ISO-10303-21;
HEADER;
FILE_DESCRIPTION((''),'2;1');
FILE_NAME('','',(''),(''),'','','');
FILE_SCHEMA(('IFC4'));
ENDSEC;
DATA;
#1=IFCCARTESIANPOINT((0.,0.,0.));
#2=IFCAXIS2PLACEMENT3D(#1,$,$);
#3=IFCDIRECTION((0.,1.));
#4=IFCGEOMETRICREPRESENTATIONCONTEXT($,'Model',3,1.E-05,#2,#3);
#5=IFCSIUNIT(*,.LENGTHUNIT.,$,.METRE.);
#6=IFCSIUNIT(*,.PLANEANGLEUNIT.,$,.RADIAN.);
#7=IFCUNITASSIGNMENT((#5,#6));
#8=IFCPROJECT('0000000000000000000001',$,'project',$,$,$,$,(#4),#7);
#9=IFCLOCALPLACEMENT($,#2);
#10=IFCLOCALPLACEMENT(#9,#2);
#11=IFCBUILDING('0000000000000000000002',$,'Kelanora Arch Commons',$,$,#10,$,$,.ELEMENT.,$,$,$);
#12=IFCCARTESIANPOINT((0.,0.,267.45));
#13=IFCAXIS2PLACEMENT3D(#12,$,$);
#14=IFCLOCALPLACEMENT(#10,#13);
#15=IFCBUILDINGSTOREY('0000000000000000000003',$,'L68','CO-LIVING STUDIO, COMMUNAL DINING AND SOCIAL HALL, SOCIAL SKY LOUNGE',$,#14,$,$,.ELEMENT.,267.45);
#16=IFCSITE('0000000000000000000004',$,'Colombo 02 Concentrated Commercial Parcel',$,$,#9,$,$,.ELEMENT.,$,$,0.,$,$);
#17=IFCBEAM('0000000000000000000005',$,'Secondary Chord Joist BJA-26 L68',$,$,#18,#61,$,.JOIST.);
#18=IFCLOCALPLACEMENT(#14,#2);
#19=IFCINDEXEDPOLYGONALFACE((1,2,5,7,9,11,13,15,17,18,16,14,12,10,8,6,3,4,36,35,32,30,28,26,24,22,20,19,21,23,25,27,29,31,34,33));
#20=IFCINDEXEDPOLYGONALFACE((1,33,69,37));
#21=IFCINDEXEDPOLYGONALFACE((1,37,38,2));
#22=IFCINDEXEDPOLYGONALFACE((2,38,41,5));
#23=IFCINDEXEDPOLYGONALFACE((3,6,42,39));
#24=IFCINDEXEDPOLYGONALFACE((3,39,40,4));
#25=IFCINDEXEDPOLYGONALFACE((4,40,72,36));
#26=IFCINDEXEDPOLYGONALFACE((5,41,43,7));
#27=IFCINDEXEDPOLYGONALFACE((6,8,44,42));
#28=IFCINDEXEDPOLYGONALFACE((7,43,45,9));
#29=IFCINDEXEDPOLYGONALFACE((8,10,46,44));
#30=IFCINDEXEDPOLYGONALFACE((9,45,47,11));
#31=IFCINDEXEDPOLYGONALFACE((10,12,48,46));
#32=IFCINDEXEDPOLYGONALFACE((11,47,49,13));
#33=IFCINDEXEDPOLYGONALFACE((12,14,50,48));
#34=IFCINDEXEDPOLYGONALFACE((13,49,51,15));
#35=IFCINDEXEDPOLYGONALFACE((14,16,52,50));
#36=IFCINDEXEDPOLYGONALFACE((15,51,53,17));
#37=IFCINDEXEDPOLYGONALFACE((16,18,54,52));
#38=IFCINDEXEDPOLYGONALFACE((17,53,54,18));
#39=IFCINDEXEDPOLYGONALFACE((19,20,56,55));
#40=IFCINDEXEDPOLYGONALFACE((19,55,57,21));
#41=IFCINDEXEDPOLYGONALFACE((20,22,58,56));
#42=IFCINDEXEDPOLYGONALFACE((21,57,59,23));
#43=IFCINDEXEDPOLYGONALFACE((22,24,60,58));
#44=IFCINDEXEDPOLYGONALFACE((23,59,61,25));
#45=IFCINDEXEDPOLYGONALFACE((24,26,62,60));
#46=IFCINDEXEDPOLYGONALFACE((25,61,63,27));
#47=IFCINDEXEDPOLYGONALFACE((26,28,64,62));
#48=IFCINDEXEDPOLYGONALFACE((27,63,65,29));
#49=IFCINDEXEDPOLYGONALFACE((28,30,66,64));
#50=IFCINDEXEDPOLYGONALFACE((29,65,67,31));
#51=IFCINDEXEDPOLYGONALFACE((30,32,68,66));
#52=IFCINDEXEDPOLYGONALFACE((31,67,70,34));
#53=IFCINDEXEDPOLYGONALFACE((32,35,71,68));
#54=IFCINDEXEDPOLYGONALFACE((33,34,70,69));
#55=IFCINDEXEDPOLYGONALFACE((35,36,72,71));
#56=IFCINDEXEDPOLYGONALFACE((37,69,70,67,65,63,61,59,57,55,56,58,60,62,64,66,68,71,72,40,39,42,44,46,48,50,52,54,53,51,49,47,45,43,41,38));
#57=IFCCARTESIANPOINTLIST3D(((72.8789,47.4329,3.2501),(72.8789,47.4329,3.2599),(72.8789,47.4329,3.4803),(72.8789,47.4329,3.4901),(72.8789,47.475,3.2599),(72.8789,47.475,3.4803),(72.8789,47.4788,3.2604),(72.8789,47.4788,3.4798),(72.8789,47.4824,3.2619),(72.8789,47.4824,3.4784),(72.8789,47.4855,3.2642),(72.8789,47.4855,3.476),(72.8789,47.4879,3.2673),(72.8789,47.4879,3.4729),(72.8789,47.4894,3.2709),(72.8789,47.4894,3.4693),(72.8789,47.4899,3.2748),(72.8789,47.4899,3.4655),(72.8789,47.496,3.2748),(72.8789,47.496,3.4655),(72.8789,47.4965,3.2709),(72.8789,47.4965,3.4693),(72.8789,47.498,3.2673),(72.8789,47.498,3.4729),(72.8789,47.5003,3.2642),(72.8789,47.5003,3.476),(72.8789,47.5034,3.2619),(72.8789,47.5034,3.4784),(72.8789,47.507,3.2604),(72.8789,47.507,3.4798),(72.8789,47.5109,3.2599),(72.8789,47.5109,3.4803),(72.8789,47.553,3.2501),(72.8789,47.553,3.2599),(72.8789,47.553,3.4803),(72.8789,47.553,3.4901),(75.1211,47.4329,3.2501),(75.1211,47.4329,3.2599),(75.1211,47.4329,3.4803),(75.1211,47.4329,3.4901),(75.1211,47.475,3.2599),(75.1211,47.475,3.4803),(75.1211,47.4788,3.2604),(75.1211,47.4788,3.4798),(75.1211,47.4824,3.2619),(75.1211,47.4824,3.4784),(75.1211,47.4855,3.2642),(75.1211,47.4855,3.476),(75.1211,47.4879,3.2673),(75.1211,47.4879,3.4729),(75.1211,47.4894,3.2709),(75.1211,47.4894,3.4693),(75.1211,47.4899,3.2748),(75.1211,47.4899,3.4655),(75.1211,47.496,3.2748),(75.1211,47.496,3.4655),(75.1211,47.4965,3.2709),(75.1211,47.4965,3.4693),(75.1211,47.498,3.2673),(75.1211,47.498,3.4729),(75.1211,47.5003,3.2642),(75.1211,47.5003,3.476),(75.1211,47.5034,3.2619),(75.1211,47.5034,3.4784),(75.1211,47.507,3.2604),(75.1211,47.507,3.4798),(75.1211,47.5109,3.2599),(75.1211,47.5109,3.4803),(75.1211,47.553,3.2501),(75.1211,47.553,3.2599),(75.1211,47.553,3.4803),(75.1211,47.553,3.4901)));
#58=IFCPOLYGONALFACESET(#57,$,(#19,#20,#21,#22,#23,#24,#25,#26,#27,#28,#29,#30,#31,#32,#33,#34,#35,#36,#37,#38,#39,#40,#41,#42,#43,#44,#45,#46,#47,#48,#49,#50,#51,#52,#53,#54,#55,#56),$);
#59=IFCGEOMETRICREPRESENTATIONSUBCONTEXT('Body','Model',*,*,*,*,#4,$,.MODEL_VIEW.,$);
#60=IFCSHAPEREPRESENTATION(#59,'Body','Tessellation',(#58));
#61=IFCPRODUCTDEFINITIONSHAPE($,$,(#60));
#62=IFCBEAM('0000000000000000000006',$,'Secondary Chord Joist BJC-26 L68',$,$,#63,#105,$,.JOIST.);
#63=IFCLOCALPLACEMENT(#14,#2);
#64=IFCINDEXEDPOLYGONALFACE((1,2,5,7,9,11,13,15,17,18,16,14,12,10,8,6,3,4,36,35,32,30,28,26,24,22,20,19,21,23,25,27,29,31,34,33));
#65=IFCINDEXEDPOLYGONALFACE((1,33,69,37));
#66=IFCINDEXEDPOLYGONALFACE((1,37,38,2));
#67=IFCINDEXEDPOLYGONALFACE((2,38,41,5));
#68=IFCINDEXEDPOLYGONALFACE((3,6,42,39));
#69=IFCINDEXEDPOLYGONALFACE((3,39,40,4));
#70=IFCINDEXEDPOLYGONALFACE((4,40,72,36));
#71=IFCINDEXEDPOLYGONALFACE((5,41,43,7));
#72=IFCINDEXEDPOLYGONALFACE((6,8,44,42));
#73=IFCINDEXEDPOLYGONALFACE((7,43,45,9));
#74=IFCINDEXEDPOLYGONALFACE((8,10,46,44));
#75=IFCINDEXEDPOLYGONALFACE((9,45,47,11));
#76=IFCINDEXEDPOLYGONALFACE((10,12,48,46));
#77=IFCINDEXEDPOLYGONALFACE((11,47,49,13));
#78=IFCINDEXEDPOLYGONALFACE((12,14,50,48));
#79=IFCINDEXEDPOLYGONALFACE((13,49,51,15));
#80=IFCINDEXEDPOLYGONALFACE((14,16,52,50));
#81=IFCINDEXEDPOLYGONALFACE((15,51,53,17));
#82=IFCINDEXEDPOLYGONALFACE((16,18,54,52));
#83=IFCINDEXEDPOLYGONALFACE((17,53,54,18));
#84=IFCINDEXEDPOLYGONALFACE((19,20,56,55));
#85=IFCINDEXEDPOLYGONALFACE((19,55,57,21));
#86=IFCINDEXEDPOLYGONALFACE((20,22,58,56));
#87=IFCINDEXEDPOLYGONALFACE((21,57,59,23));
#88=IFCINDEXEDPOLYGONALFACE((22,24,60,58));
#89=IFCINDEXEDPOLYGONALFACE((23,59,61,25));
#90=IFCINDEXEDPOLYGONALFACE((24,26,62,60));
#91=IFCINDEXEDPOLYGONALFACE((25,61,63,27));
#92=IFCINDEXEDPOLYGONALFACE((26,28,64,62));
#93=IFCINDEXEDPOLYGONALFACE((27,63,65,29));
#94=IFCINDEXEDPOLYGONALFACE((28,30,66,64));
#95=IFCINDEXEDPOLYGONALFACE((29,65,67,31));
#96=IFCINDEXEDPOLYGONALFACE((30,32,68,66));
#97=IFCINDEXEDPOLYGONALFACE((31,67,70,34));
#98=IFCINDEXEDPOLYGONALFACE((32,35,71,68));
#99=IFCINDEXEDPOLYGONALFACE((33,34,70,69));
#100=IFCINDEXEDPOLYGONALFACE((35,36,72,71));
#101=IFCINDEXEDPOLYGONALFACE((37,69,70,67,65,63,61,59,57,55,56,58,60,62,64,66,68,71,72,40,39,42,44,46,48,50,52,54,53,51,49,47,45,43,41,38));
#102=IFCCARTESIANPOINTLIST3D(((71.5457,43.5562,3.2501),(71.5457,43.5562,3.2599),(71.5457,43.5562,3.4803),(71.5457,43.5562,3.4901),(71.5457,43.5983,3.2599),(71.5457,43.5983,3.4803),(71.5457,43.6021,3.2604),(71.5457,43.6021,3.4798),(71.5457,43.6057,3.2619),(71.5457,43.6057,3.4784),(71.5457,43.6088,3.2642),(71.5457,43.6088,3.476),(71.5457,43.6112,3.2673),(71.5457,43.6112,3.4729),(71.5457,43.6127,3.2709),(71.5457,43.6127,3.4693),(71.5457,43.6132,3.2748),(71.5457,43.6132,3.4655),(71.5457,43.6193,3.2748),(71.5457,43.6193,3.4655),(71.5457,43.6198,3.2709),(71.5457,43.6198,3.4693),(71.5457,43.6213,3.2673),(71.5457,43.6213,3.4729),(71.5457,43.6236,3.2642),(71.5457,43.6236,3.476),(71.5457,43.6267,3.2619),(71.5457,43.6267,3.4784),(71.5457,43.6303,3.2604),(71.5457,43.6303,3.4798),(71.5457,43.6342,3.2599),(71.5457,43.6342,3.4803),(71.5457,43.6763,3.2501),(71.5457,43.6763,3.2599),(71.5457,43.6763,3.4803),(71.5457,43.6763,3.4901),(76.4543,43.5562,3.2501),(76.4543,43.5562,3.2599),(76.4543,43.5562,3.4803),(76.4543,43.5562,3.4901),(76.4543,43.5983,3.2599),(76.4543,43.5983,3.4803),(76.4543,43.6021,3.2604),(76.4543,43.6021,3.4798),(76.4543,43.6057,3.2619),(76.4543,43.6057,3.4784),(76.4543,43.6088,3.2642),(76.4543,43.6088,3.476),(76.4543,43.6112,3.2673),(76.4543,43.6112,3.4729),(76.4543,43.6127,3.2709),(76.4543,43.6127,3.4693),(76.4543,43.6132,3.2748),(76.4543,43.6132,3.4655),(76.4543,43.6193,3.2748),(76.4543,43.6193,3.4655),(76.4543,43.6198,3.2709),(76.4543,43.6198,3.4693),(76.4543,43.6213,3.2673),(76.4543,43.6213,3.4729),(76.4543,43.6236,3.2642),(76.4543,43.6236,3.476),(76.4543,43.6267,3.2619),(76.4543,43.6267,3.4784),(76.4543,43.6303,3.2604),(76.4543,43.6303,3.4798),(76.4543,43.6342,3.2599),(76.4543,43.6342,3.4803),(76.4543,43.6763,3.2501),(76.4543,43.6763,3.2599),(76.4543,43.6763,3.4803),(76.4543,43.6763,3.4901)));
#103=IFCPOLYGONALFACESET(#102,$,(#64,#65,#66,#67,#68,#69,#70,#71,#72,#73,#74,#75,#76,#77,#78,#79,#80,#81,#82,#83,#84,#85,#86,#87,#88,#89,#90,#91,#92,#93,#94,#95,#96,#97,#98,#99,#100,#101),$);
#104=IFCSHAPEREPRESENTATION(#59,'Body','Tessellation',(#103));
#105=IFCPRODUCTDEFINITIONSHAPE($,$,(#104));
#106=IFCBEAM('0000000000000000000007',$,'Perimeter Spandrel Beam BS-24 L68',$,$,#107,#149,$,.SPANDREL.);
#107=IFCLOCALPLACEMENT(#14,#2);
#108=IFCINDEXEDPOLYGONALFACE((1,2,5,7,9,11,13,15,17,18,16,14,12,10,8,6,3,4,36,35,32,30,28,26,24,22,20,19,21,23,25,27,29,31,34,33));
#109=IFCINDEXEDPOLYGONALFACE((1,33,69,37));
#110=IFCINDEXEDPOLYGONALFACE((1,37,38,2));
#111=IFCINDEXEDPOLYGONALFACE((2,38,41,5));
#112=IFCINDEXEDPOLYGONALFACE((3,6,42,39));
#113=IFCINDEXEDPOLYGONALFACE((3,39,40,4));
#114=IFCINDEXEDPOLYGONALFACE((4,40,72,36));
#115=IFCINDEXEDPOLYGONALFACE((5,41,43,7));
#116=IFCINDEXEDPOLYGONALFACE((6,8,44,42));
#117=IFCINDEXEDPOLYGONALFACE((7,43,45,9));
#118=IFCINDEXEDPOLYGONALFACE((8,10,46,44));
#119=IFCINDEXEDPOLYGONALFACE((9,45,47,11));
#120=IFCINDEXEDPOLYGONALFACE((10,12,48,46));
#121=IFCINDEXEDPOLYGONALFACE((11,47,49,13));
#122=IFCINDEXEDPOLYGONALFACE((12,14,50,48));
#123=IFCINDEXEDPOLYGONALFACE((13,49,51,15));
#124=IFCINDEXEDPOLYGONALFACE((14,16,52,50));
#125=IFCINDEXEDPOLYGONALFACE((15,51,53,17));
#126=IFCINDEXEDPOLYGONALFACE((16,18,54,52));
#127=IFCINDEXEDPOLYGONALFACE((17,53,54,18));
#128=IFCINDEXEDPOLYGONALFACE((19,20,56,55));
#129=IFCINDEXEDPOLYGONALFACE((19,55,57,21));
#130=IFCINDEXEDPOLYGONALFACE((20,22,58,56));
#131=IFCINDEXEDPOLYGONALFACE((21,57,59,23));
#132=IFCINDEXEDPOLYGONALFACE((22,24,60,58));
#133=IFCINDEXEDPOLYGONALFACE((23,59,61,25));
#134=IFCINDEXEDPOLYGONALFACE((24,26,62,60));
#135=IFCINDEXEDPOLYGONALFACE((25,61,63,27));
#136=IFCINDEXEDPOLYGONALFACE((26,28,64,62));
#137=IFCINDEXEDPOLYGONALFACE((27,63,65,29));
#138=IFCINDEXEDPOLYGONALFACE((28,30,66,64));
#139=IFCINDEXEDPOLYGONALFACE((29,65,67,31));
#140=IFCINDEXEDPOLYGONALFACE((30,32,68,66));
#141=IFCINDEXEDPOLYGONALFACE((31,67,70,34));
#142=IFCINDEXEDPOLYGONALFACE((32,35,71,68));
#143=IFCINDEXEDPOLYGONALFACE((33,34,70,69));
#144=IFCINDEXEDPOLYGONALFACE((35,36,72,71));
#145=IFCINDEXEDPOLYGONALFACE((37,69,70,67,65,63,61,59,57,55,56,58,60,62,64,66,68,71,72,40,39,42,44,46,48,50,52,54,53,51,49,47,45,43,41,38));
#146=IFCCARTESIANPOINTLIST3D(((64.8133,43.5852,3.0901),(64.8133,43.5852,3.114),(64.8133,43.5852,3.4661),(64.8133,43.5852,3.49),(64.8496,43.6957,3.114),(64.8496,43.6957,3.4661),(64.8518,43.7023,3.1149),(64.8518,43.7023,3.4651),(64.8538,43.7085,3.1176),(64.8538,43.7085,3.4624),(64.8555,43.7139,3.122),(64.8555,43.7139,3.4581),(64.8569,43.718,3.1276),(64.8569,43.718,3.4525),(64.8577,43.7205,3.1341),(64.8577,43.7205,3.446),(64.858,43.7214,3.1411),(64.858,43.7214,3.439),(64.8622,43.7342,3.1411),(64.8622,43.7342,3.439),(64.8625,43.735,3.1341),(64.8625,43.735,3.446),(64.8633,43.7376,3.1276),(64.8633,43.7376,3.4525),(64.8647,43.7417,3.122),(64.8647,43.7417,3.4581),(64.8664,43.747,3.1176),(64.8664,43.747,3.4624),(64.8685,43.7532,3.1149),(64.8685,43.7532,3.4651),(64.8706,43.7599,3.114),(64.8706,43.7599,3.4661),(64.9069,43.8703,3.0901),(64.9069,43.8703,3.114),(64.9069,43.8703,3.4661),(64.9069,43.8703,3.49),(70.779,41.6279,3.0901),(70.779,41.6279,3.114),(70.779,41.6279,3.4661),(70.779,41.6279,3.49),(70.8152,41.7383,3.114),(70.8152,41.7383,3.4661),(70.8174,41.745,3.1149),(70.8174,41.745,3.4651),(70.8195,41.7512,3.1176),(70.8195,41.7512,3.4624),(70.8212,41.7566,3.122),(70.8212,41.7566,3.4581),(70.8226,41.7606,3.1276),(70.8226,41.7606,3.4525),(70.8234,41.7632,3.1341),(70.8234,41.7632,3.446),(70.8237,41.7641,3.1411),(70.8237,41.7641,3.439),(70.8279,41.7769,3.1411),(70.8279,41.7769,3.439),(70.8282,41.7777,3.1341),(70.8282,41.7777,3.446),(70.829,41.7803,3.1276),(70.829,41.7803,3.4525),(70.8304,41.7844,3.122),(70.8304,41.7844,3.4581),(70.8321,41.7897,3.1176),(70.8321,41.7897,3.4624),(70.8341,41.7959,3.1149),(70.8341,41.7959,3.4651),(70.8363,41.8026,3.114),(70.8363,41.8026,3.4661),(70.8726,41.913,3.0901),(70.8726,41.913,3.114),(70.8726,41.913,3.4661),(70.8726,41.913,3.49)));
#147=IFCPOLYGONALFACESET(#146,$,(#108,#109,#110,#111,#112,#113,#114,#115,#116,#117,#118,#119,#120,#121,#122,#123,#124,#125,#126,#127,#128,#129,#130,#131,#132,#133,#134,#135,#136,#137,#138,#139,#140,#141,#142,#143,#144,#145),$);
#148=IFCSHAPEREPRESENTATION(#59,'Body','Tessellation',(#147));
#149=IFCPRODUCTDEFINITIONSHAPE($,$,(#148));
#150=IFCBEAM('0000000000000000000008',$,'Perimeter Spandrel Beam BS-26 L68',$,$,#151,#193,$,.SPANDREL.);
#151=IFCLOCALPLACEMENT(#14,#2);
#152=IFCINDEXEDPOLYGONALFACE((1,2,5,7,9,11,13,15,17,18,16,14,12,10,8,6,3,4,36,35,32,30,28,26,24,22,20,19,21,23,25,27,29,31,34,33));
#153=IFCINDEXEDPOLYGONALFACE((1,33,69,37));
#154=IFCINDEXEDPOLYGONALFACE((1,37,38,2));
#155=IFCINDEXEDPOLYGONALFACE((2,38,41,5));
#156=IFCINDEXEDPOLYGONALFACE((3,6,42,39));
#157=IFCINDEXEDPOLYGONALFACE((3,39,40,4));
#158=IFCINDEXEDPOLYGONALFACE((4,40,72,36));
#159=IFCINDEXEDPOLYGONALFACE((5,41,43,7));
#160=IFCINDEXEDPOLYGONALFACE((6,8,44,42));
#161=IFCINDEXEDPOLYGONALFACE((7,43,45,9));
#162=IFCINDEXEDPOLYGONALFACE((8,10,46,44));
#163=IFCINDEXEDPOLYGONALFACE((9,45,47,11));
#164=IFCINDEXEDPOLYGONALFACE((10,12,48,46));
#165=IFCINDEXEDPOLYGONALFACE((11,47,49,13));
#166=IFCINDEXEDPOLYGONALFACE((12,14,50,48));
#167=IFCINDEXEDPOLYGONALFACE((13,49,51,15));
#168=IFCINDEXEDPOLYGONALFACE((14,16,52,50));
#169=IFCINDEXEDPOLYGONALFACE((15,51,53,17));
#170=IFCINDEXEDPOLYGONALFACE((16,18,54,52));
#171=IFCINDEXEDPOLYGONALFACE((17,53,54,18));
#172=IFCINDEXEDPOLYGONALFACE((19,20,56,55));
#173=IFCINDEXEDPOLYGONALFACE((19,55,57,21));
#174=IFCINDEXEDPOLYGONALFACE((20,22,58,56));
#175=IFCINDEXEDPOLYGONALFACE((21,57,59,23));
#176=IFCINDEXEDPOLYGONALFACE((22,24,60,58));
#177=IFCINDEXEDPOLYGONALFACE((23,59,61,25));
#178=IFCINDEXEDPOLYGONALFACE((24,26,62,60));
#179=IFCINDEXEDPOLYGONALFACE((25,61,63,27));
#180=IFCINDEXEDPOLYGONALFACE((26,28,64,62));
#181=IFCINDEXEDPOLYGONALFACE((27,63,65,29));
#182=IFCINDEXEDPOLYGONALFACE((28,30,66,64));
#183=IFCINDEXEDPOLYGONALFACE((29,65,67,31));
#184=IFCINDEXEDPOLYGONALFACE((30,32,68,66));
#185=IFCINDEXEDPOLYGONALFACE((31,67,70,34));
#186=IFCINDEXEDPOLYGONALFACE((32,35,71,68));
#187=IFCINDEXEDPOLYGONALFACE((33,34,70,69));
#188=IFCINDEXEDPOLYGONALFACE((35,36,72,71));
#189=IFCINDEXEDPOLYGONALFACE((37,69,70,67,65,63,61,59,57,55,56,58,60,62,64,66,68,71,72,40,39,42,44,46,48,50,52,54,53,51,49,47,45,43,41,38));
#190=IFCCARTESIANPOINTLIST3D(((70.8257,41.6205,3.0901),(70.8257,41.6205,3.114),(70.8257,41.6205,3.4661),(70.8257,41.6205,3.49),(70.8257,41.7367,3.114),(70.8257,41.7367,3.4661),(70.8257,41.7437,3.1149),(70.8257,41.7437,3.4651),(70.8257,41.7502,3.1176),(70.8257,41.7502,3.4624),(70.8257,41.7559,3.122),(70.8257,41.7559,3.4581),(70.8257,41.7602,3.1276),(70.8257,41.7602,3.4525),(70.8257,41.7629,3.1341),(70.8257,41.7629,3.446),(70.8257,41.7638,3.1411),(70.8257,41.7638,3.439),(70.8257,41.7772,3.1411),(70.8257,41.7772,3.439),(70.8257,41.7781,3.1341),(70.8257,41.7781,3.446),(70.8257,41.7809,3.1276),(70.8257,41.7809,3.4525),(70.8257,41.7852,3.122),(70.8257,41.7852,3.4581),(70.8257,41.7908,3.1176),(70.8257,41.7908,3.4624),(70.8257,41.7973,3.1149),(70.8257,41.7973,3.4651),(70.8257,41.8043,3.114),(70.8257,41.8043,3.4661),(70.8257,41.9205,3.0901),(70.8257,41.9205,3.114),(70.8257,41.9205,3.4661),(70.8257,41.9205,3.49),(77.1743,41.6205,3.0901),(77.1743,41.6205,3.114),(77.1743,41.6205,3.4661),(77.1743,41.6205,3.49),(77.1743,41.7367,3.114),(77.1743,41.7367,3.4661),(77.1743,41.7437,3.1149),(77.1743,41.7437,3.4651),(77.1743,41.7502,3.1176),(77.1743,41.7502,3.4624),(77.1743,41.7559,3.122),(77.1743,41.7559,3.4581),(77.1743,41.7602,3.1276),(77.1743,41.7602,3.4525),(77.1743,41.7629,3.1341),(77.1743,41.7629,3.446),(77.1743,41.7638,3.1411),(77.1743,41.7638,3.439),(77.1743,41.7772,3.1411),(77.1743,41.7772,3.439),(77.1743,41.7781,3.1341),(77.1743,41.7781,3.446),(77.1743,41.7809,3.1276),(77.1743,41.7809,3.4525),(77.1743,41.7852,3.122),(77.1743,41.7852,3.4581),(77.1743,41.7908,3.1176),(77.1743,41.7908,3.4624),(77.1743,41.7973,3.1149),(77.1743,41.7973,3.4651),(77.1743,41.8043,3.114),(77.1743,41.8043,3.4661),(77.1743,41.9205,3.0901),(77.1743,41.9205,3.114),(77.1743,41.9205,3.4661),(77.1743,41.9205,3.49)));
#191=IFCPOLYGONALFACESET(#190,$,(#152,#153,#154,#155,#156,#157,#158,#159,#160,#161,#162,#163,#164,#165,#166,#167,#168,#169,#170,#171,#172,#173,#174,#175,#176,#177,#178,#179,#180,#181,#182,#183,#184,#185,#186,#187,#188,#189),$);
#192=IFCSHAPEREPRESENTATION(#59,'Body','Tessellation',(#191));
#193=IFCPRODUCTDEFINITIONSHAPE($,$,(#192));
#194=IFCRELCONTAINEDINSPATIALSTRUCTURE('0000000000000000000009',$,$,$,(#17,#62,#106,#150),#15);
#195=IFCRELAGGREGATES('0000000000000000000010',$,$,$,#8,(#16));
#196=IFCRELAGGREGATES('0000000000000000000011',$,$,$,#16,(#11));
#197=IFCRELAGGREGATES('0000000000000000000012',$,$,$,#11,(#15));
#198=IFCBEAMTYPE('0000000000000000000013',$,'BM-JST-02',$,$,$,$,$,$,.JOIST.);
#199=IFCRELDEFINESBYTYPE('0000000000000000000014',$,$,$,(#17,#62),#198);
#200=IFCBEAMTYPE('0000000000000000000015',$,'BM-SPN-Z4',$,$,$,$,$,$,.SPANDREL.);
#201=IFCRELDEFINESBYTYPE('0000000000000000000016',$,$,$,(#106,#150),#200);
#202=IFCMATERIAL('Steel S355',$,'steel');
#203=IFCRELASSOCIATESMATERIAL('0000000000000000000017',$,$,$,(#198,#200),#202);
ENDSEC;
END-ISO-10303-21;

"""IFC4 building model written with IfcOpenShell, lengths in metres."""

from ifc_helpers import new_model, si_unit, direction, frame, origin, origin_2d, place, context, subcontext, project, spatial, i_section, extrude, material, material_profile, profile_set, type_object, element, save


model = new_model("IFC4")

# Units and contexts
model_context = context("Model", 3, precision=1e-05, world=origin(), true_north=direction((0.0, 1.0)))
body_context = subcontext(model_context, "Body", "Model", "MODEL_VIEW")
ifc_project = project(units=[si_unit("LENGTHUNIT", "METRE"), si_unit("PLANEANGLEUNIT", "RADIAN")], contexts=[model_context])

# Site, building, storey
site_placement = place(None, origin())
site = spatial("IfcSite", under=ifc_project, at=site_placement, Name="Colombo 02 Concentrated Commercial Parcel", CompositionType="ELEMENT", RefElevation=0.0)
building_placement = place(site_placement, origin())
building = spatial("IfcBuilding", under=site, at=building_placement, Name="Kelanora Arch Commons", CompositionType="ELEMENT")
storey_placement = place(building_placement, frame((0.0, 0.0, 267.45)))
storey = spatial("IfcBuildingStorey", under=building, at=storey_placement, Name="L68", Description="CO-LIVING STUDIO, COMMUNAL DINING AND SOCIAL HALL, SOCIAL SKY LOUNGE", CompositionType="ELEMENT", Elevation=267.45)

# Beams
ifc_material_1 = material(Name="Steel S355", Category="steel")
ifc_material_profile_1 = material_profile(ifc_material_1, i_section(OverallWidth=0.1201, OverallDepth=0.24, WebThickness=0.0061, FlangeThickness=0.0098, FilletRadius=0.0149, at=origin_2d()), Name="IPE240")
ifc_profile_set_1 = profile_set([ifc_material_profile_1], Name="Steel S355")
beam_type_1 = type_object("IfcBeamType", Name="BM-JST-02", PredefinedType="JOIST", material=ifc_profile_set_1)
beam_1_placement = place(storey_placement, frame((72.8789, 47.4929, 3.3701), z_axis=(1.0, 0.0, 0.0), x_axis=(0.0, 1.0, 0.0)))
element("IfcBeam", 1, at=beam_1_placement, inside=storey, type_object=beam_type_1, Name="Secondary Chord Joist BJA-26 L68", PredefinedType="JOIST", context=body_context, shape_type="SweptSolid", body=[
    extrude(i_section(OverallWidth=0.1201, OverallDepth=0.24, WebThickness=0.0061, FlangeThickness=0.0098, FilletRadius=0.0149, at=origin_2d()), origin(), (0.0, 0.0, 1.0), 2.2422),
])
beam_2_placement = place(storey_placement, frame((71.5457, 43.6162, 3.3701), z_axis=(1.0, 0.0, 0.0), x_axis=(0.0, 1.0, 0.0)))
element("IfcBeam", 2, at=beam_2_placement, inside=storey, type_object=beam_type_1, Name="Secondary Chord Joist BJC-26 L68", PredefinedType="JOIST", context=body_context, shape_type="SweptSolid", body=[
    extrude(i_section(OverallWidth=0.1201, OverallDepth=0.24, WebThickness=0.0061, FlangeThickness=0.0098, FilletRadius=0.0149, at=origin_2d()), origin(), (0.0, 0.0, 1.0), 4.9087),
])
ifc_material_profile_2 = material_profile(ifc_material_1, i_section(OverallWidth=0.3, OverallDepth=0.3999, WebThickness=0.0134, FlangeThickness=0.0239, FilletRadius=0.0271, at=origin_2d()), Name="HEB400")
ifc_profile_set_2 = profile_set([ifc_material_profile_2], Name="Steel S355")
beam_type_2 = type_object("IfcBeamType", Name="BM-SPN-Z4", PredefinedType="SPANDREL", material=ifc_profile_set_2)
beam_3_placement = place(storey_placement, frame((64.8601, 43.7278, 3.29), z_axis=(0.950166, -0.311745, 0.0), x_axis=(0.311745, 0.950166, 0.0)))
element("IfcBeam", 3, at=beam_3_placement, inside=storey, type_object=beam_type_2, Name="Perimeter Spandrel Beam BS-24 L68", PredefinedType="SPANDREL", context=body_context, shape_type="SweptSolid", body=[
    extrude(i_section(OverallWidth=0.3, OverallDepth=0.3999, WebThickness=0.0134, FlangeThickness=0.0239, FilletRadius=0.0271, at=origin_2d()), origin(), (0.0, 0.0, 1.0), 6.2786),
])
beam_4_placement = place(storey_placement, frame((70.8257, 41.7705, 3.29), z_axis=(1.0, 0.0, 0.0), x_axis=(0.0, 1.0, 0.0)))
element("IfcBeam", 4, at=beam_4_placement, inside=storey, type_object=beam_type_2, Name="Perimeter Spandrel Beam BS-26 L68", PredefinedType="SPANDREL", context=body_context, shape_type="SweptSolid", body=[
    extrude(i_section(OverallWidth=0.3, OverallDepth=0.3999, WebThickness=0.0134, FlangeThickness=0.0239, FilletRadius=0.0271, at=origin_2d()), origin(), (0.0, 0.0, 1.0), 6.3486),
])

save(model, "model.ifc")
